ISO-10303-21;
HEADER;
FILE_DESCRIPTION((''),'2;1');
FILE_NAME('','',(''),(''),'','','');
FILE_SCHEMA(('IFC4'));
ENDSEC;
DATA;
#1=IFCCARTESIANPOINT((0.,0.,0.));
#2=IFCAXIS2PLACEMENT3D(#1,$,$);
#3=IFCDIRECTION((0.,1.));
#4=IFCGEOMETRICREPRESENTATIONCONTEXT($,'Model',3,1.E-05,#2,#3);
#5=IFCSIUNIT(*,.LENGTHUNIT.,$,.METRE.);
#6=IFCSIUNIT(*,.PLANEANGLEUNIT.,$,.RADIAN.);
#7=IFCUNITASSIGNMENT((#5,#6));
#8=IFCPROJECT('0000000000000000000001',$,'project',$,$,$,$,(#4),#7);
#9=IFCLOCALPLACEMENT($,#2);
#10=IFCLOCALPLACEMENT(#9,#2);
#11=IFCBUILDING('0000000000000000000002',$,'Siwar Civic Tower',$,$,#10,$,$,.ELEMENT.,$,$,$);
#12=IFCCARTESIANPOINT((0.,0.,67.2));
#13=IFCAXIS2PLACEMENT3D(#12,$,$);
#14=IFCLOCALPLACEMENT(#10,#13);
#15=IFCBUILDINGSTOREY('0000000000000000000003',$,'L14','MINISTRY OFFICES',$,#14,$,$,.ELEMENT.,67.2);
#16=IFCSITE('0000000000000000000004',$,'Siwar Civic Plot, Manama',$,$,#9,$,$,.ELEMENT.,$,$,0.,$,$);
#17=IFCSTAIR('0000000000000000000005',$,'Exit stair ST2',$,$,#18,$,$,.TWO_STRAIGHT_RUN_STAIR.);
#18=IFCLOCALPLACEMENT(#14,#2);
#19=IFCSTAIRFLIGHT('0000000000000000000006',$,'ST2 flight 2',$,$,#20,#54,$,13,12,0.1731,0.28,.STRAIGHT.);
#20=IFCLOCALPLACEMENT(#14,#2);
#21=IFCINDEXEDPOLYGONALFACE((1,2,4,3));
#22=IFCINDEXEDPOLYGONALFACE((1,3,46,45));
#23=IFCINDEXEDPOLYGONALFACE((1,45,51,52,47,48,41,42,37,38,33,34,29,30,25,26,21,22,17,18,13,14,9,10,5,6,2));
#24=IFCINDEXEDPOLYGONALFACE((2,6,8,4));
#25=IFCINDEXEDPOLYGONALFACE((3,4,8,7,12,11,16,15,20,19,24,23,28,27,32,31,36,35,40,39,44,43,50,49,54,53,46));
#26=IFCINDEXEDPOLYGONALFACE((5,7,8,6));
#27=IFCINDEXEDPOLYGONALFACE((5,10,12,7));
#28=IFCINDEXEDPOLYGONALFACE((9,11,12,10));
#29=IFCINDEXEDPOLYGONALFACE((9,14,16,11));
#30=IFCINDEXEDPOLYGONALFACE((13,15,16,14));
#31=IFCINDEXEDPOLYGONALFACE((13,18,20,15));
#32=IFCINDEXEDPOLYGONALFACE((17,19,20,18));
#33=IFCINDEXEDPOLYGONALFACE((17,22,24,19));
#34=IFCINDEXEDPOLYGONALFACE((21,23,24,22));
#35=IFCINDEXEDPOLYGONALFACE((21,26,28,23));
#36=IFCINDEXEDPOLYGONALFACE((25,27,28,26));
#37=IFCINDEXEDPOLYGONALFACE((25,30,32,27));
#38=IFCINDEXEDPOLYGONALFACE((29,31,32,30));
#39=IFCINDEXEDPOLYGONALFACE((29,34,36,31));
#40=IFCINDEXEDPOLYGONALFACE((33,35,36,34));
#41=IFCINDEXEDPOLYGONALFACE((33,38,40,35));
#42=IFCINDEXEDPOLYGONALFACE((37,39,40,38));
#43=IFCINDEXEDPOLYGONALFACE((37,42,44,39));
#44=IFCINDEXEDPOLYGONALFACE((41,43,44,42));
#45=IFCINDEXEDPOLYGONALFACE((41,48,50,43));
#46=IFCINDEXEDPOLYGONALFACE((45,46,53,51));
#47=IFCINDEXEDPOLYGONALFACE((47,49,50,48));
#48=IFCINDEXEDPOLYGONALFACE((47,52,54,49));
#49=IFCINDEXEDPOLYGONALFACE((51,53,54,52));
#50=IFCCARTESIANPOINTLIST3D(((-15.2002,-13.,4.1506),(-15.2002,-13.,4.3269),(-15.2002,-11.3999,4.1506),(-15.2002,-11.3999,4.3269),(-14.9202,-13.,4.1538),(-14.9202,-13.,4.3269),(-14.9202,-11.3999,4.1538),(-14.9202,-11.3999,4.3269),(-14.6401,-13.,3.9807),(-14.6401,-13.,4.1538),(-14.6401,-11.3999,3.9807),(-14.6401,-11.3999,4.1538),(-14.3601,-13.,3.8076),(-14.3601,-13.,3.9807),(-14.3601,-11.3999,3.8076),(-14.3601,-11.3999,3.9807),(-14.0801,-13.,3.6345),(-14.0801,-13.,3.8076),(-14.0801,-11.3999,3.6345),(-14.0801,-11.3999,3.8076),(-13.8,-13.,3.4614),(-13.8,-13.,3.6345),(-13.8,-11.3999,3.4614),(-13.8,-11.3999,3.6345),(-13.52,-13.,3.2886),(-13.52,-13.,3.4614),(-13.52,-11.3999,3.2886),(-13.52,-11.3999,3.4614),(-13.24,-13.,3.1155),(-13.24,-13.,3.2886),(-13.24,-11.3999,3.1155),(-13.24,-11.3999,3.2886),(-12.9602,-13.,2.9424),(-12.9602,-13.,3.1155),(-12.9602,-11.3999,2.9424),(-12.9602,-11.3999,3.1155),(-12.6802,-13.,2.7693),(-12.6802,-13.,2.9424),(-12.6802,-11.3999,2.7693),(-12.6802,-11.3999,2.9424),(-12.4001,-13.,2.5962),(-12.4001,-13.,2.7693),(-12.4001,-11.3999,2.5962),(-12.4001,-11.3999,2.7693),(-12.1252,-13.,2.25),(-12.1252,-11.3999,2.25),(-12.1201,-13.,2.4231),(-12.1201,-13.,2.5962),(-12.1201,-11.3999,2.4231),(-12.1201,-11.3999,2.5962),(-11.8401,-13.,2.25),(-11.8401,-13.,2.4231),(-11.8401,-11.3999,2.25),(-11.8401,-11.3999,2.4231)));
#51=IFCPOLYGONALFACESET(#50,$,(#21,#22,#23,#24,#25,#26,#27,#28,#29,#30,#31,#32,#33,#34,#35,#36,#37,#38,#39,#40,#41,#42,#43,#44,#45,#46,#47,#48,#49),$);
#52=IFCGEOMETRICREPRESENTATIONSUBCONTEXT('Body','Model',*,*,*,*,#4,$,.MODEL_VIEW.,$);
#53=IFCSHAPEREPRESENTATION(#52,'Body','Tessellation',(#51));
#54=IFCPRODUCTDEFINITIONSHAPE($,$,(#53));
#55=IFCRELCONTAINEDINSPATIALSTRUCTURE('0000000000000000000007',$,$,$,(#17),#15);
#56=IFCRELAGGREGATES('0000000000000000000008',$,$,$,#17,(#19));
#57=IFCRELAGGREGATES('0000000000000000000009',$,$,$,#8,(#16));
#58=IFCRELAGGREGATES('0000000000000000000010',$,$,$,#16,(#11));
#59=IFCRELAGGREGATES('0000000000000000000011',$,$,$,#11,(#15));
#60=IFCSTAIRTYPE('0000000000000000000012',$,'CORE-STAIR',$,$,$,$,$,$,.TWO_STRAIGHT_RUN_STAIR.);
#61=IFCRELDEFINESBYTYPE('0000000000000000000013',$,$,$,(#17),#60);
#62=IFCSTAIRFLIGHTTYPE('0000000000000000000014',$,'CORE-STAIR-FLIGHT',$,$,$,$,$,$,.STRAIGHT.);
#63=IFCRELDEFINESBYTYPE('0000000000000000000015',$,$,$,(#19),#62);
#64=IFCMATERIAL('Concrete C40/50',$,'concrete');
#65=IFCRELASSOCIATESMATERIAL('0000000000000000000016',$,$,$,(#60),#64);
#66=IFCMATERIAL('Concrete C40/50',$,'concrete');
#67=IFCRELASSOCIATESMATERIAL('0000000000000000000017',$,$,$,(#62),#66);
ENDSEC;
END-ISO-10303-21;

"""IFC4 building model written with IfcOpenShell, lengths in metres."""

from ifc_helpers import new_model, si_unit, direction, frame, origin, place, context, subcontext, project, spatial, polyline, outline, extrude, material, type_object, element, aggregate, save


model = new_model("IFC4")

# Units and contexts
model_context = context("Model", 3, precision=1e-05, world=origin(), true_north=direction((0.0, 1.0)))
body_context = subcontext(model_context, "Body", "Model", "MODEL_VIEW")
ifc_project = project(units=[si_unit("LENGTHUNIT", "METRE"), si_unit("PLANEANGLEUNIT", "RADIAN")], contexts=[model_context])

# Site, building, storey
site_placement = place(None, origin())
site = spatial("IfcSite", under=ifc_project, at=site_placement, Name="Siwar Civic Plot, Manama", CompositionType="ELEMENT", RefElevation=0.0)
building_placement = place(site_placement, origin())
building = spatial("IfcBuilding", under=site, at=building_placement, Name="Siwar Civic Tower", CompositionType="ELEMENT")
storey_placement = place(building_placement, frame((0.0, 0.0, 67.2)))
storey = spatial("IfcBuildingStorey", under=building, at=storey_placement, Name="L14", Description="MINISTRY OFFICES", CompositionType="ELEMENT", Elevation=67.2)

# Stair, stair flight
ifc_material_1 = material(Name="Concrete C40/50", Category="concrete")
stair_type = type_object("IfcStairType", Name="CORE-STAIR", PredefinedType="TWO_STRAIGHT_RUN_STAIR", material=ifc_material_1)
stair_placement = place(storey_placement, origin())
stair = element("IfcStair", 1, at=stair_placement, inside=storey, type_object=stair_type, Name="Exit stair ST2", PredefinedType="TWO_STRAIGHT_RUN_STAIR")
ifc_material_2 = material(Name="Concrete C40/50", Category="concrete")
stair_flight_type = type_object("IfcStairFlightType", Name="CORE-STAIR-FLIGHT", PredefinedType="STRAIGHT", material=ifc_material_2)
stair_flight_1_placement = place(storey_placement, frame((-11.8401, -12.2, 2.25), z_axis=(0.0, 0.0, 1.0), x_axis=(-1.0, 0.0, 0.0)))
stair_flight_1 = element("IfcStairFlight", 2, at=stair_flight_1_placement, type_object=stair_flight_type, Name="ST2 flight 2", NumberOfRisers=13, NumberOfTreads=12, PredefinedType="STRAIGHT", RiserHeight=0.1731, TreadLength=0.28, context=body_context, shape_type="SweptSolid", body=[
    extrude(outline(polyline([(0.0, 0.0), (0.0, 0.1731), (0.28, 0.1731), (0.28, 0.3462), (0.5601, 0.3462), (0.5601, 0.5193), (0.8401, 0.5193), (0.8401, 0.6924), (1.1201, 0.6924), (1.1201, 0.8655), (1.3999, 0.8655), (1.3999, 1.0386), (1.6799, 1.0386), (1.6799, 1.2114), (1.96, 1.2114), (1.96, 1.3845), (2.24, 1.3845), (2.24, 1.5576), (2.52, 1.5576), (2.52, 1.7307), (2.8, 1.7307), (2.8, 1.9038), (3.0801, 1.9038), (3.0801, 2.0769), (3.3601, 2.0769), (3.3601, 2.25), (3.3601, 1.9006), (0.2852, 0.0), (0.0, 0.0)])), frame((0.0, 0.8, 0.0), z_axis=(0.0, -1.0, 0.0), x_axis=(1.0, 0.0, 0.0)), (0.0, 0.0, 1.0), 1.6001),
])
aggregate(stair, [stair_flight_1])

save(model, "model.ifc")
